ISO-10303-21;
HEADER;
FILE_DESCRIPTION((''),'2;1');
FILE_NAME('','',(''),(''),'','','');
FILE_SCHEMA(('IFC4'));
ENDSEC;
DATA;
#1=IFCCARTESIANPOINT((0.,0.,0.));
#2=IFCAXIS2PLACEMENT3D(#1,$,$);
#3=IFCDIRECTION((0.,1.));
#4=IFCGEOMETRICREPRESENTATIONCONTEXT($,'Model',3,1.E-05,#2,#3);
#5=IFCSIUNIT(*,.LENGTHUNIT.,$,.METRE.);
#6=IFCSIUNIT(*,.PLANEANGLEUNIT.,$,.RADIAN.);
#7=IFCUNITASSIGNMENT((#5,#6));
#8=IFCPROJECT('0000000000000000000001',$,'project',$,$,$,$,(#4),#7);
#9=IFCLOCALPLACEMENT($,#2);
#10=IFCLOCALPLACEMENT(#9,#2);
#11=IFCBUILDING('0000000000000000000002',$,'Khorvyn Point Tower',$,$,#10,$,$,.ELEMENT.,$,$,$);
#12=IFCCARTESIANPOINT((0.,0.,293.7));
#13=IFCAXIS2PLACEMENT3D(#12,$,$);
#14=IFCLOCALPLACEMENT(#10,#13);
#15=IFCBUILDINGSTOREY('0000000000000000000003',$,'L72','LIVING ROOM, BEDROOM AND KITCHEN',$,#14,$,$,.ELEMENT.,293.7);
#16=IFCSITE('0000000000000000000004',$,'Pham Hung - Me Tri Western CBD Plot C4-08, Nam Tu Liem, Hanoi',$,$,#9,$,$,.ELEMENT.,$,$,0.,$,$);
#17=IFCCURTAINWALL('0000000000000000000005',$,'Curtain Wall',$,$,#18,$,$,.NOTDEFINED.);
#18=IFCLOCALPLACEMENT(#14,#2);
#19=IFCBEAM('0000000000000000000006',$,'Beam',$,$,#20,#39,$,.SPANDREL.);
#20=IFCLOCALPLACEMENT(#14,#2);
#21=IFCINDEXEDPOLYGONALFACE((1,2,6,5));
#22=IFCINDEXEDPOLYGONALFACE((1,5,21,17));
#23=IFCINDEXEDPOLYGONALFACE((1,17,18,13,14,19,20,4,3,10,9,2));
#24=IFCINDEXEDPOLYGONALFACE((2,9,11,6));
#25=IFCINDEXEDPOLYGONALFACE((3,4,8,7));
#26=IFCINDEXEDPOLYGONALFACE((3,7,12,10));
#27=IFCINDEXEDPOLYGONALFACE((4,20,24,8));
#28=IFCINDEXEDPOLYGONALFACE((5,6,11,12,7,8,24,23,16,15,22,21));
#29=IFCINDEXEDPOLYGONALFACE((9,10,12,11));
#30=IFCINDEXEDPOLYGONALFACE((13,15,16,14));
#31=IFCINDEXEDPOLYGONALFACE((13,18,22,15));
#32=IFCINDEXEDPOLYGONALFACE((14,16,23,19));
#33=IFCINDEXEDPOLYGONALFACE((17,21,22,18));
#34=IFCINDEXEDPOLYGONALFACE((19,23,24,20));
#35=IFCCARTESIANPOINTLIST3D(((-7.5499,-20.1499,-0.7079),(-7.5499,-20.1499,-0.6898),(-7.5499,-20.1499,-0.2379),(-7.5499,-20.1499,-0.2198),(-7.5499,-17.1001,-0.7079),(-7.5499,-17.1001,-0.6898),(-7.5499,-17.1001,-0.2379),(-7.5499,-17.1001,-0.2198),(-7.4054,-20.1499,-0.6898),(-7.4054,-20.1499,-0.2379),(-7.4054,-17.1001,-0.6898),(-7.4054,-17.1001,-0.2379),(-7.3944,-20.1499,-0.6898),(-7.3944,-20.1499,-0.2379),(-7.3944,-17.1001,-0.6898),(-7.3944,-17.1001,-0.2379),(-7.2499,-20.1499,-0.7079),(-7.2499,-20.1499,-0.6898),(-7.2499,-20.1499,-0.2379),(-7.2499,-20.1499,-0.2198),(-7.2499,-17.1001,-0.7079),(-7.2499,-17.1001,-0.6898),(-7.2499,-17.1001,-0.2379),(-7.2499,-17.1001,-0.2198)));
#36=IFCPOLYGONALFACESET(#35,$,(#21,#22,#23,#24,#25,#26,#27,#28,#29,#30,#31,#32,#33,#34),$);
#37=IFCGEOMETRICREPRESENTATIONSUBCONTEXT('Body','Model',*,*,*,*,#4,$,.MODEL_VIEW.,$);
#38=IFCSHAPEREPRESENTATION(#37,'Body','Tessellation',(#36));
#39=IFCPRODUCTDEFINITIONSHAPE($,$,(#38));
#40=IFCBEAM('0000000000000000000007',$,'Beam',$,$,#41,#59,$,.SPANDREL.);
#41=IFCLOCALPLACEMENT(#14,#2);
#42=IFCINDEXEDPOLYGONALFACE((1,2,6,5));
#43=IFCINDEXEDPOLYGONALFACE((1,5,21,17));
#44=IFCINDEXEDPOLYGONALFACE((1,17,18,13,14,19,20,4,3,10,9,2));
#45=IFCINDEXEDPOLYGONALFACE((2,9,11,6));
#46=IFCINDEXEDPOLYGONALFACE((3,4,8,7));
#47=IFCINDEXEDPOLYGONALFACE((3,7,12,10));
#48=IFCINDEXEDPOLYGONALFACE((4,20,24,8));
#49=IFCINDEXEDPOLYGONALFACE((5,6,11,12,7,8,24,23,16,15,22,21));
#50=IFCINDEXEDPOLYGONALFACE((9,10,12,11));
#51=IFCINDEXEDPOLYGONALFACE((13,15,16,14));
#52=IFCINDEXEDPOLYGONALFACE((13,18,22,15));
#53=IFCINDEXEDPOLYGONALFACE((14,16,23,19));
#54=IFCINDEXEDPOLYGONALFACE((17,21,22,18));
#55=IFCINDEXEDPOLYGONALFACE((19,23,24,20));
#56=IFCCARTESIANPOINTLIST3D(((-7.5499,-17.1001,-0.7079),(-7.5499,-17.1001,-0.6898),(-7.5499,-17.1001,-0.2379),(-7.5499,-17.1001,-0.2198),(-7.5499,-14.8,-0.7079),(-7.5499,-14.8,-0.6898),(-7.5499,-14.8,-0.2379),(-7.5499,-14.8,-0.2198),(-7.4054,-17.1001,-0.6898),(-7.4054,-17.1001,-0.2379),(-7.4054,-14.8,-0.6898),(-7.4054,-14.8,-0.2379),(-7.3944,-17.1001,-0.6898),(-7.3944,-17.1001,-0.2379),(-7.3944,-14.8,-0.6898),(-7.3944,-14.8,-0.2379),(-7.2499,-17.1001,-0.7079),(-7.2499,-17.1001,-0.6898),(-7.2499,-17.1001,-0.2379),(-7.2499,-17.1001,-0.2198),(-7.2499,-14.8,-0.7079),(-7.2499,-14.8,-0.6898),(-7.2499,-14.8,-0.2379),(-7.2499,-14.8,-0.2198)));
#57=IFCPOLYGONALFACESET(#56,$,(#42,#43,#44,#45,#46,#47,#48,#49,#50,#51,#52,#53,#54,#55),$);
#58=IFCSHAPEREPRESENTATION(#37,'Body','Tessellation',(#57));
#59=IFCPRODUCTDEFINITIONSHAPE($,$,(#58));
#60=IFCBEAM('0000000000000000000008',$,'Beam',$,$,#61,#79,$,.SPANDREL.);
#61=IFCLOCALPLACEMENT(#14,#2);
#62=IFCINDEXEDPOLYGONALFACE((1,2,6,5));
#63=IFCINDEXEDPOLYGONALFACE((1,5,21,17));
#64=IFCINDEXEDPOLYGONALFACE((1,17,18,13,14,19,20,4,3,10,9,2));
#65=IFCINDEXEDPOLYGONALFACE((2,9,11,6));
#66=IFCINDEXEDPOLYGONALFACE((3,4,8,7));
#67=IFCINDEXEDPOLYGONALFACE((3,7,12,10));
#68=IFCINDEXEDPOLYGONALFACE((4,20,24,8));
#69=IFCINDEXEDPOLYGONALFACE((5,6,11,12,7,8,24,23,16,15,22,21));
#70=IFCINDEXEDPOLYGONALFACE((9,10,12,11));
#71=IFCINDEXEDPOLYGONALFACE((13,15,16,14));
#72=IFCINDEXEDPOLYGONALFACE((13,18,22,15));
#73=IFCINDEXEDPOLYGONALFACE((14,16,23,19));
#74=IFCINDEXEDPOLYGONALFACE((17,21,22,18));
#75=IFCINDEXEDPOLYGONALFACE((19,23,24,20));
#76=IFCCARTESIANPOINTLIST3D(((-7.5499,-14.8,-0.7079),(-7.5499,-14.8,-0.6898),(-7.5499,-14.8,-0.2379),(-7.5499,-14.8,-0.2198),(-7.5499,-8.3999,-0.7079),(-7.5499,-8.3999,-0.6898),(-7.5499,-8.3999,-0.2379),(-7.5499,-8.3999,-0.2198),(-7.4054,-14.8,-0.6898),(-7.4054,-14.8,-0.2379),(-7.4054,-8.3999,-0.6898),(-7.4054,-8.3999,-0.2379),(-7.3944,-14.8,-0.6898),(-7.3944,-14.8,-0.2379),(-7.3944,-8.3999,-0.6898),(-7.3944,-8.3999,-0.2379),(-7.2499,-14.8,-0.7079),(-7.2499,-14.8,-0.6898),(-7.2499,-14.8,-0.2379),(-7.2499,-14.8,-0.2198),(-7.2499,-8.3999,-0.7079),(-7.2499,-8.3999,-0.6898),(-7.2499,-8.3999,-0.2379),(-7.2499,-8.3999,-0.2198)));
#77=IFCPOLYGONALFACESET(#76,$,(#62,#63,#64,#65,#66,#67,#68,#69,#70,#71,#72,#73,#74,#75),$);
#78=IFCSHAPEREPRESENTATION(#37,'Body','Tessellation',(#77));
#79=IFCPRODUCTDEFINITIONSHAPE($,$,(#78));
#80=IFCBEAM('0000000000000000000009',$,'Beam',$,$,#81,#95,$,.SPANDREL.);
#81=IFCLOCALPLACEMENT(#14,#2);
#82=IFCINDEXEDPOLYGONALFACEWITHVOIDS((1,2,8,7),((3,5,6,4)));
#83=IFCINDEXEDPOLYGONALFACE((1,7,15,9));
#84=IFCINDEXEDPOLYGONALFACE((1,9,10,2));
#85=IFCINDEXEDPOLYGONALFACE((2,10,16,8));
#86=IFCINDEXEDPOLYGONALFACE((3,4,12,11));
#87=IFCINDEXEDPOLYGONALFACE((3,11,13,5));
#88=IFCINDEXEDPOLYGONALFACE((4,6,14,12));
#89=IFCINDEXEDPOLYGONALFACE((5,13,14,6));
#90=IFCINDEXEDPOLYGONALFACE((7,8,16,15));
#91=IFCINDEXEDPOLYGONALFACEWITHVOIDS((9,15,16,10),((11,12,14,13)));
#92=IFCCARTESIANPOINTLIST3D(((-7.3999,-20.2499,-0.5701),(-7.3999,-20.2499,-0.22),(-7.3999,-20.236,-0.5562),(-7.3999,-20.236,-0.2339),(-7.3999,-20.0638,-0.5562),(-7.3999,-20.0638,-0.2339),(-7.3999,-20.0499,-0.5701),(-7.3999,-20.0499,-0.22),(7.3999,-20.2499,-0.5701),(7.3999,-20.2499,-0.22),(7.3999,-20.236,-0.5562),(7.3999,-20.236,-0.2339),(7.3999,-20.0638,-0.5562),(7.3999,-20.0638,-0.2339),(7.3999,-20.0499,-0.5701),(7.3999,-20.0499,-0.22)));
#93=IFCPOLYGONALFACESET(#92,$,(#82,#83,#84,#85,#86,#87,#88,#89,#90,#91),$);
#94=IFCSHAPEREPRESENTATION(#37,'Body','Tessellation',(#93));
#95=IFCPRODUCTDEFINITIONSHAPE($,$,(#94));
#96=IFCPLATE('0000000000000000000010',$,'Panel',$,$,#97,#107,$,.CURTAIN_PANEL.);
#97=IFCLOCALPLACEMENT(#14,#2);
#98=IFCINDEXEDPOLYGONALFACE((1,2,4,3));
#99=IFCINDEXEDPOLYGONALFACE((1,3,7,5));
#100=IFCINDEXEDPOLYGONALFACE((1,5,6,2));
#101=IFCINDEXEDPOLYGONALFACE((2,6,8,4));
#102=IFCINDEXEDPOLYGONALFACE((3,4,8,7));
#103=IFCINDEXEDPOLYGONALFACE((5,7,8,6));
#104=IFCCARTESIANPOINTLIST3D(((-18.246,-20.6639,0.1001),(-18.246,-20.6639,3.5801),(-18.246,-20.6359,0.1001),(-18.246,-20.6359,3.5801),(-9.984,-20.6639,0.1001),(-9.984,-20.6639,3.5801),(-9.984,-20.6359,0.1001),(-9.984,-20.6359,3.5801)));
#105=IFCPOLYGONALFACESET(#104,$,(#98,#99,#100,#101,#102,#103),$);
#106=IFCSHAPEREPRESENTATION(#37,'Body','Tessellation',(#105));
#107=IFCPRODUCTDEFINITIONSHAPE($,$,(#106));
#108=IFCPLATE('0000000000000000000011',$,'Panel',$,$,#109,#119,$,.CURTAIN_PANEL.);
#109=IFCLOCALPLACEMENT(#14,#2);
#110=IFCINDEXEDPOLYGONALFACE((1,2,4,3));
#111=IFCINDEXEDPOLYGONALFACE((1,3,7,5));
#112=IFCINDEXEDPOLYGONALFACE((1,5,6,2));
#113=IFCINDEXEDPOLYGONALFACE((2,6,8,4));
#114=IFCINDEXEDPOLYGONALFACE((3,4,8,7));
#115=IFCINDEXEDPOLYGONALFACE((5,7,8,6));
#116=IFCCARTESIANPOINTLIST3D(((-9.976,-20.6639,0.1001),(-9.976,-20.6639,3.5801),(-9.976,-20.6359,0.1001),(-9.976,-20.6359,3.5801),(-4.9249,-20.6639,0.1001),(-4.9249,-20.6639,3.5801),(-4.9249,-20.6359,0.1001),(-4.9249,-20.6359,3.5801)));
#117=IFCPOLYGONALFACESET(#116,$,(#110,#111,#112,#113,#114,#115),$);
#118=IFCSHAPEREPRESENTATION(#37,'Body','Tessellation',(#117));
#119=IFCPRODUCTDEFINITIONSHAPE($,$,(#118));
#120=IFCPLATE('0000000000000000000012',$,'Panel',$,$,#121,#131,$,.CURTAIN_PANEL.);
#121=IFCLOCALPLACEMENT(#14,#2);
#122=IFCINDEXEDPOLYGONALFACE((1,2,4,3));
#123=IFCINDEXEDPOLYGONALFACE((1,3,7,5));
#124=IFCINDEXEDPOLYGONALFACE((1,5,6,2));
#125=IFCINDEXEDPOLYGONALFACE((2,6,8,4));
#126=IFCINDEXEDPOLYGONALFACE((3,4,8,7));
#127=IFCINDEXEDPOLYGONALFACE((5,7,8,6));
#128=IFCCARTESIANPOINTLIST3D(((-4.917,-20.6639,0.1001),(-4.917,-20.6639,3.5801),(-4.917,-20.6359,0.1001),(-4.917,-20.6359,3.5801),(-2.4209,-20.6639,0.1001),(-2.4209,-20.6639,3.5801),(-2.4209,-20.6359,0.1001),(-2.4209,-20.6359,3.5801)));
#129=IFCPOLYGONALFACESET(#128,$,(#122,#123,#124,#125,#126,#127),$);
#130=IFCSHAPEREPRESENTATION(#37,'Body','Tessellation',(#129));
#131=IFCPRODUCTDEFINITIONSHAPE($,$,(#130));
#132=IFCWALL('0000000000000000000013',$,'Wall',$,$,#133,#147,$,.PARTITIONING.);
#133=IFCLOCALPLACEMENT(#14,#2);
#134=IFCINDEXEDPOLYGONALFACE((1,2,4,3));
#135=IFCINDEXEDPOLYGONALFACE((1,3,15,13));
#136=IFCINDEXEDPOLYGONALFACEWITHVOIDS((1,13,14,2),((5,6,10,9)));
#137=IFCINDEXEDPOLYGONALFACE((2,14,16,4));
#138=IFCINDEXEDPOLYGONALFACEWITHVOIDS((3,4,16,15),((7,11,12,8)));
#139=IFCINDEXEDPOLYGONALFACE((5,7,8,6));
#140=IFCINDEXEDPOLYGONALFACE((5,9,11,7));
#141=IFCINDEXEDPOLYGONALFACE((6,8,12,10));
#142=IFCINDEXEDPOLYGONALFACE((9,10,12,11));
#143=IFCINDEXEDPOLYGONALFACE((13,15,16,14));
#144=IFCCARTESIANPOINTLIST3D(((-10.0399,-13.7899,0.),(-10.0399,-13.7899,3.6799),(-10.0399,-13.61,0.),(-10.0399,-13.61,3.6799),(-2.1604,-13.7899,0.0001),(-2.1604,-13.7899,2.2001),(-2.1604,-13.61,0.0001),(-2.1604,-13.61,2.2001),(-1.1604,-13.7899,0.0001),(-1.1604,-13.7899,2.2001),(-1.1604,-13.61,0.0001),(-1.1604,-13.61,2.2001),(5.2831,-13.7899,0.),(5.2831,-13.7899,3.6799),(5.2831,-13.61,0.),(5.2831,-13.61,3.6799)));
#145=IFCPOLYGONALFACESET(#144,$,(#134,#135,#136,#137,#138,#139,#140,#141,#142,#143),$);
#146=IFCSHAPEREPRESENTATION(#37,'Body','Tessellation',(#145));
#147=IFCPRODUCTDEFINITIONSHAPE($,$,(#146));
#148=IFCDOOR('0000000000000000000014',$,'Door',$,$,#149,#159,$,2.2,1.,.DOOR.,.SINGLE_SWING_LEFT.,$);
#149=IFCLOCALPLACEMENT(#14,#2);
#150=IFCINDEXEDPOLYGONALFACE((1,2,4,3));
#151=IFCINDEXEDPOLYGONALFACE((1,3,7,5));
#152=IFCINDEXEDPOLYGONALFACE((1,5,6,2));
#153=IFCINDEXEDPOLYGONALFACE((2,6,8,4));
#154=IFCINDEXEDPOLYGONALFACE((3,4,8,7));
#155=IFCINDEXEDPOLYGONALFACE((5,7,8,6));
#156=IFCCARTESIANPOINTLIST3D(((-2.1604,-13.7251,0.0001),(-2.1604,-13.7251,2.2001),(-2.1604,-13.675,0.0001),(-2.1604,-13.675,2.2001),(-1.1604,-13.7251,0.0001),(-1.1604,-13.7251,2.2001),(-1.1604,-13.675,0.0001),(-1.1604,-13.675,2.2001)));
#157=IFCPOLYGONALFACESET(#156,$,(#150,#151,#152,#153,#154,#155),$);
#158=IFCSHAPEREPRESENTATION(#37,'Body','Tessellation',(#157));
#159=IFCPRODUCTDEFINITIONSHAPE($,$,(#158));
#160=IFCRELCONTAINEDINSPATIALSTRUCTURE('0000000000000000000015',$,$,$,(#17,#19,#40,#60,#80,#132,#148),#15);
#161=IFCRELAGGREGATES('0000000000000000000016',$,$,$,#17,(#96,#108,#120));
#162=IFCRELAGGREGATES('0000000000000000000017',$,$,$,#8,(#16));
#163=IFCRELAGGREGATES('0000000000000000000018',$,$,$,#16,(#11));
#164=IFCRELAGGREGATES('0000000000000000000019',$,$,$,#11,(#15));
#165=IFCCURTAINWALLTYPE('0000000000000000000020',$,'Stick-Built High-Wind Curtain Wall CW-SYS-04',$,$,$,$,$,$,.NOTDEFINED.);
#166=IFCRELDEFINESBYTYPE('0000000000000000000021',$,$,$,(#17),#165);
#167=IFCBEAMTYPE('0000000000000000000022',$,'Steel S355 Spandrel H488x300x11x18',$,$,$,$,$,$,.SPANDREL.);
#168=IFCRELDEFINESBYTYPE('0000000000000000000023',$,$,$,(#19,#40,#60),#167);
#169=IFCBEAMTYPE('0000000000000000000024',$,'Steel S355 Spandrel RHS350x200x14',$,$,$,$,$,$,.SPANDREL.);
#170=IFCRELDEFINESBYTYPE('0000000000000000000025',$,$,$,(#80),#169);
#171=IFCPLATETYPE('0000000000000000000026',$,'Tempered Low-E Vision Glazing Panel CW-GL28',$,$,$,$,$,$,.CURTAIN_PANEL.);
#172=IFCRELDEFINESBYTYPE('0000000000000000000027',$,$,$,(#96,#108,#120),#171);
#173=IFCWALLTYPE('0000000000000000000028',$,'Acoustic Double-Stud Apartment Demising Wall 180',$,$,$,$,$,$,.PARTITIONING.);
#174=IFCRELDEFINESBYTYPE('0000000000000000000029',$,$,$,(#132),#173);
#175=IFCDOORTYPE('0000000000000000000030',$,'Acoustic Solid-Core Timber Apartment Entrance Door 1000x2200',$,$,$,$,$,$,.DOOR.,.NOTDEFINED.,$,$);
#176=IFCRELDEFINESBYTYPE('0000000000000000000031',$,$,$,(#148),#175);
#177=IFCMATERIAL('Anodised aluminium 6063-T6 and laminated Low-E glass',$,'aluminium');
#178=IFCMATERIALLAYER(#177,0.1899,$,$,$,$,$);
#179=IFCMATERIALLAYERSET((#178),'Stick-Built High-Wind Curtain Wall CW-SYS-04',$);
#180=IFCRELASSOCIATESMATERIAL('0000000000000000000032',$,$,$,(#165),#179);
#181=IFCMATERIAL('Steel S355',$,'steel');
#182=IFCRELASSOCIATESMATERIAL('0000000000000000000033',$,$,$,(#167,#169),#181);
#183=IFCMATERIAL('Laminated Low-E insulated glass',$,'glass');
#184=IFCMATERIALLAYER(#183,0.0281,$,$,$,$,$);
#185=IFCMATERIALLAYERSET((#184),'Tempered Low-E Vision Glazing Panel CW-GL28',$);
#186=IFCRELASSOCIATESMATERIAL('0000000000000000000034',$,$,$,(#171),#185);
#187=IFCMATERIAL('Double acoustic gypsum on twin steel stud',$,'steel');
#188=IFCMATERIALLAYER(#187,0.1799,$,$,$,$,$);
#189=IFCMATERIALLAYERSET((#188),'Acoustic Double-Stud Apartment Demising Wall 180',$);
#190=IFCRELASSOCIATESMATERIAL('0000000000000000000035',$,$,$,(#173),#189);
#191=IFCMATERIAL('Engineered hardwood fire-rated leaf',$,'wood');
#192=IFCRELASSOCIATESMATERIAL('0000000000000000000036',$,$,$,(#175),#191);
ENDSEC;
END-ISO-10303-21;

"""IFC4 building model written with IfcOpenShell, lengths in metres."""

from ifc_helpers import new_model, si_unit, direction, frame, frame_2d, origin, origin_2d, place, context, subcontext, project, spatial, rectangle, hollow_rectangle, i_section, extrude, material, layer, layer_set, material_profile, profile_set, type_object, element, fill, aggregate, save


model = new_model("IFC4")

# Units and contexts
model_context = context("Model", 3, precision=1e-05, world=origin(), true_north=direction((0.0, 1.0)))
body_context = subcontext(model_context, "Body", "Model", "MODEL_VIEW")
ifc_project = project(units=[si_unit("LENGTHUNIT", "METRE"), si_unit("PLANEANGLEUNIT", "RADIAN")], contexts=[model_context])

# Site, building, storey
site_placement = place(None, origin())
site = spatial("IfcSite", under=ifc_project, at=site_placement, Name="Pham Hung - Me Tri Western CBD Plot C4-08, Nam Tu Liem, Hanoi", CompositionType="ELEMENT", RefElevation=0.0)
building_placement = place(site_placement, origin())
building = spatial("IfcBuilding", under=site, at=building_placement, Name="Khorvyn Point Tower", CompositionType="ELEMENT")
storey_placement = place(building_placement, frame((0.0, 0.0, 293.7)))
storey = spatial("IfcBuildingStorey", under=building, at=storey_placement, Name="L72", Description="LIVING ROOM, BEDROOM AND KITCHEN", CompositionType="ELEMENT", Elevation=293.7)

# Shared definitions
ifc_material_1 = material(Name="Steel S355", Category="steel")

# Curtain wall
ifc_material_2 = material(Name="Anodised aluminium 6063-T6 and laminated Low-E glass", Category="aluminium")
ifc_layer_1 = layer(ifc_material_2, 0.1899)
ifc_layer_set_1 = layer_set([ifc_layer_1], Name="Stick-Built High-Wind Curtain Wall CW-SYS-04")
curtain_wall_type = type_object("IfcCurtainWallType", Name="Stick-Built High-Wind Curtain Wall CW-SYS-04", PredefinedType="NOTDEFINED", material=ifc_layer_set_1)
curtain_wall_placement = place(storey_placement, origin())
curtain_wall = element("IfcCurtainWall", 1, at=curtain_wall_placement, inside=storey, type_object=curtain_wall_type, Name="Curtain Wall", PredefinedType="NOTDEFINED")

# Beams
ifc_material_profile_1 = material_profile(ifc_material_1, i_section(OverallWidth=0.3, OverallDepth=0.488, WebThickness=0.011, FlangeThickness=0.0181, at=origin_2d()))
ifc_profile_set_1 = profile_set([ifc_material_profile_1], Name="Steel S355 H488x300x11x18")
beam_type_1 = type_object("IfcBeamType", Name="Steel S355 Spandrel H488x300x11x18", PredefinedType="SPANDREL", material=ifc_profile_set_1)
beam_1_placement = place(storey_placement, frame((-7.3999, -20.1499, -0.4639), z_axis=(0.0, 1.0, 0.0), x_axis=(-1.0, 0.0, 0.0)))
element("IfcBeam", 2, at=beam_1_placement, inside=storey, type_object=beam_type_1, Name="Beam", PredefinedType="SPANDREL", context=body_context, shape_type="SweptSolid", body=[
    extrude(i_section(OverallWidth=0.3, OverallDepth=0.488, WebThickness=0.011, FlangeThickness=0.0181, at=origin_2d()), origin(), (0.0, 0.0, 1.0), 3.0498),
])
beam_2_placement = place(storey_placement, frame((-7.3999, -17.1001, -0.4639), z_axis=(0.0, 1.0, 0.0), x_axis=(-1.0, 0.0, 0.0)))
element("IfcBeam", 3, at=beam_2_placement, inside=storey, type_object=beam_type_1, Name="Beam", PredefinedType="SPANDREL", context=body_context, shape_type="SweptSolid", body=[
    extrude(i_section(OverallWidth=0.3, OverallDepth=0.488, WebThickness=0.011, FlangeThickness=0.0181, at=origin_2d()), origin(), (0.0, 0.0, 1.0), 2.3),
])
beam_3_placement = place(storey_placement, frame((-7.3999, -14.8, -0.4639), z_axis=(0.0, 1.0, 0.0), x_axis=(-1.0, 0.0, 0.0)))
element("IfcBeam", 4, at=beam_3_placement, inside=storey, type_object=beam_type_1, Name="Beam", PredefinedType="SPANDREL", context=body_context, shape_type="SweptSolid", body=[
    extrude(i_section(OverallWidth=0.3, OverallDepth=0.488, WebThickness=0.011, FlangeThickness=0.0181, at=origin_2d()), origin(), (0.0, 0.0, 1.0), 6.4001),
])
ifc_material_profile_2 = material_profile(ifc_material_1, hollow_rectangle(XDim=0.2, YDim=0.3501, WallThickness=0.0139, at=origin_2d()))
ifc_profile_set_2 = profile_set([ifc_material_profile_2], Name="Steel S355 RHS350x200x14")
beam_type_2 = type_object("IfcBeamType", Name="Steel S355 Spandrel RHS350x200x14", PredefinedType="SPANDREL", material=ifc_profile_set_2)
beam_4_placement = place(storey_placement, frame((-7.3999, -20.1499, -0.395), z_axis=(1.0, 0.0, 0.0), x_axis=(0.0, 1.0, 0.0)))
element("IfcBeam", 5, at=beam_4_placement, inside=storey, type_object=beam_type_2, Name="Beam", PredefinedType="SPANDREL", context=body_context, shape_type="SweptSolid", body=[
    extrude(hollow_rectangle(XDim=0.2, YDim=0.3501, WallThickness=0.0139, at=origin_2d()), origin(), (0.0, 0.0, 1.0), 14.7998),
])

# Plates
ifc_material_3 = material(Name="Laminated Low-E insulated glass", Category="glass")
ifc_layer_2 = layer(ifc_material_3, 0.0281)
ifc_layer_set_2 = layer_set([ifc_layer_2], Name="Tempered Low-E Vision Glazing Panel CW-GL28")
plate_type = type_object("IfcPlateType", Name="Tempered Low-E Vision Glazing Panel CW-GL28", PredefinedType="CURTAIN_PANEL", material=ifc_layer_set_2)
plate_1_placement = place(storey_placement, frame((-14.115, -20.6499, 0.1001), z_axis=(0.0, 0.0, 1.0), x_axis=(-1.0, 0.0, 0.0)))
plate_1 = element("IfcPlate", 6, at=plate_1_placement, type_object=plate_type, Name="Panel", PredefinedType="CURTAIN_PANEL", context=body_context, shape_type="SweptSolid", body=[
    extrude(rectangle(XDim=8.262, YDim=0.0281, at=origin_2d()), origin(), (0.0, 0.0, 1.0), 3.48),
])
plate_2_placement = place(storey_placement, frame((-7.4504, -20.6499, 0.1001), z_axis=(0.0, 0.0, 1.0), x_axis=(-1.0, 0.0, 0.0)))
plate_2 = element("IfcPlate", 7, at=plate_2_placement, type_object=plate_type, Name="Panel", PredefinedType="CURTAIN_PANEL", context=body_context, shape_type="SweptSolid", body=[
    extrude(rectangle(XDim=5.051, YDim=0.0281, at=origin_2d()), origin(), (0.0, 0.0, 1.0), 3.48),
])
plate_3_placement = place(storey_placement, frame((-3.6689, -20.6499, 0.1001), z_axis=(0.0, 0.0, 1.0), x_axis=(-1.0, 0.0, 0.0)))
plate_3 = element("IfcPlate", 8, at=plate_3_placement, type_object=plate_type, Name="Panel", PredefinedType="CURTAIN_PANEL", context=body_context, shape_type="SweptSolid", body=[
    extrude(rectangle(XDim=2.4961, YDim=0.0281, at=origin_2d()), origin(), (0.0, 0.0, 1.0), 3.48),
])
aggregate(curtain_wall, [plate_1, plate_2, plate_3])

# Wall, opening, door
ifc_material_4 = material(Name="Double acoustic gypsum on twin steel stud", Category="steel")
ifc_layer_3 = layer(ifc_material_4, 0.1799)
ifc_layer_set_3 = layer_set([ifc_layer_3], Name="Acoustic Double-Stud Apartment Demising Wall 180")
wall_type_1 = type_object("IfcWallType", Name="Acoustic Double-Stud Apartment Demising Wall 180", PredefinedType="PARTITIONING", material=ifc_layer_set_3)
wall_1_placement = place(storey_placement, frame((-10.04, -13.7, 0.0), z_axis=(0.0, 0.0, 1.0), x_axis=(1.0, 0.0, 0.0)))
wall_1 = element("IfcWall", 9, at=wall_1_placement, inside=storey, type_object=wall_type_1, Name="Wall", PredefinedType="PARTITIONING", context=body_context, shape_type="SweptSolid", body=[
    extrude(rectangle(XDim=15.323, YDim=0.1799, at=frame_2d((7.6616, 0.0))), origin(), (0.0, 0.0, 1.0), 3.6799),
])
opening_1_placement = place(wall_1_placement, frame((7.8796, 0.0, 0.0)))
opening_1 = element("IfcOpeningElement", 10, at=opening_1_placement, cuts=wall_1, PredefinedType="OPENING", context=body_context, shape_type="SweptSolid", body=[
    extrude(rectangle(XDim=1.0, YDim=2.2, at=frame_2d((0.5, 1.1001))), frame((0.0, 0.0999, 0.0), z_axis=(0.0, -1.0, 0.0), x_axis=(1.0, 0.0, 0.0)), (0.0, 0.0, 1.0), 0.2),
])
ifc_material_5 = material(Name="Engineered hardwood fire-rated leaf", Category="wood")
door_type_1 = type_object("IfcDoorType", Name="Acoustic Solid-Core Timber Apartment Entrance Door 1000x2200", OperationType="NOTDEFINED", PredefinedType="DOOR", material=ifc_material_5)
door_1_placement = place(opening_1_placement, origin())
door_1 = element("IfcDoor", 11, at=door_1_placement, inside=storey, type_object=door_type_1, Name="Door", OperationType="SINGLE_SWING_LEFT", OverallHeight=2.2, OverallWidth=1.0, PredefinedType="DOOR", context=body_context, shape_type="SweptSolid", body=[
    extrude(rectangle(XDim=1.0, YDim=2.2, at=frame_2d((0.5, 1.1001))), frame((0.0, 0.0249, 0.0), z_axis=(0.0, -1.0, 0.0), x_axis=(1.0, 0.0, 0.0)), (0.0, 0.0, 1.0), 0.05),
])
fill(opening_1, door_1)

save(model, "model.ifc")
